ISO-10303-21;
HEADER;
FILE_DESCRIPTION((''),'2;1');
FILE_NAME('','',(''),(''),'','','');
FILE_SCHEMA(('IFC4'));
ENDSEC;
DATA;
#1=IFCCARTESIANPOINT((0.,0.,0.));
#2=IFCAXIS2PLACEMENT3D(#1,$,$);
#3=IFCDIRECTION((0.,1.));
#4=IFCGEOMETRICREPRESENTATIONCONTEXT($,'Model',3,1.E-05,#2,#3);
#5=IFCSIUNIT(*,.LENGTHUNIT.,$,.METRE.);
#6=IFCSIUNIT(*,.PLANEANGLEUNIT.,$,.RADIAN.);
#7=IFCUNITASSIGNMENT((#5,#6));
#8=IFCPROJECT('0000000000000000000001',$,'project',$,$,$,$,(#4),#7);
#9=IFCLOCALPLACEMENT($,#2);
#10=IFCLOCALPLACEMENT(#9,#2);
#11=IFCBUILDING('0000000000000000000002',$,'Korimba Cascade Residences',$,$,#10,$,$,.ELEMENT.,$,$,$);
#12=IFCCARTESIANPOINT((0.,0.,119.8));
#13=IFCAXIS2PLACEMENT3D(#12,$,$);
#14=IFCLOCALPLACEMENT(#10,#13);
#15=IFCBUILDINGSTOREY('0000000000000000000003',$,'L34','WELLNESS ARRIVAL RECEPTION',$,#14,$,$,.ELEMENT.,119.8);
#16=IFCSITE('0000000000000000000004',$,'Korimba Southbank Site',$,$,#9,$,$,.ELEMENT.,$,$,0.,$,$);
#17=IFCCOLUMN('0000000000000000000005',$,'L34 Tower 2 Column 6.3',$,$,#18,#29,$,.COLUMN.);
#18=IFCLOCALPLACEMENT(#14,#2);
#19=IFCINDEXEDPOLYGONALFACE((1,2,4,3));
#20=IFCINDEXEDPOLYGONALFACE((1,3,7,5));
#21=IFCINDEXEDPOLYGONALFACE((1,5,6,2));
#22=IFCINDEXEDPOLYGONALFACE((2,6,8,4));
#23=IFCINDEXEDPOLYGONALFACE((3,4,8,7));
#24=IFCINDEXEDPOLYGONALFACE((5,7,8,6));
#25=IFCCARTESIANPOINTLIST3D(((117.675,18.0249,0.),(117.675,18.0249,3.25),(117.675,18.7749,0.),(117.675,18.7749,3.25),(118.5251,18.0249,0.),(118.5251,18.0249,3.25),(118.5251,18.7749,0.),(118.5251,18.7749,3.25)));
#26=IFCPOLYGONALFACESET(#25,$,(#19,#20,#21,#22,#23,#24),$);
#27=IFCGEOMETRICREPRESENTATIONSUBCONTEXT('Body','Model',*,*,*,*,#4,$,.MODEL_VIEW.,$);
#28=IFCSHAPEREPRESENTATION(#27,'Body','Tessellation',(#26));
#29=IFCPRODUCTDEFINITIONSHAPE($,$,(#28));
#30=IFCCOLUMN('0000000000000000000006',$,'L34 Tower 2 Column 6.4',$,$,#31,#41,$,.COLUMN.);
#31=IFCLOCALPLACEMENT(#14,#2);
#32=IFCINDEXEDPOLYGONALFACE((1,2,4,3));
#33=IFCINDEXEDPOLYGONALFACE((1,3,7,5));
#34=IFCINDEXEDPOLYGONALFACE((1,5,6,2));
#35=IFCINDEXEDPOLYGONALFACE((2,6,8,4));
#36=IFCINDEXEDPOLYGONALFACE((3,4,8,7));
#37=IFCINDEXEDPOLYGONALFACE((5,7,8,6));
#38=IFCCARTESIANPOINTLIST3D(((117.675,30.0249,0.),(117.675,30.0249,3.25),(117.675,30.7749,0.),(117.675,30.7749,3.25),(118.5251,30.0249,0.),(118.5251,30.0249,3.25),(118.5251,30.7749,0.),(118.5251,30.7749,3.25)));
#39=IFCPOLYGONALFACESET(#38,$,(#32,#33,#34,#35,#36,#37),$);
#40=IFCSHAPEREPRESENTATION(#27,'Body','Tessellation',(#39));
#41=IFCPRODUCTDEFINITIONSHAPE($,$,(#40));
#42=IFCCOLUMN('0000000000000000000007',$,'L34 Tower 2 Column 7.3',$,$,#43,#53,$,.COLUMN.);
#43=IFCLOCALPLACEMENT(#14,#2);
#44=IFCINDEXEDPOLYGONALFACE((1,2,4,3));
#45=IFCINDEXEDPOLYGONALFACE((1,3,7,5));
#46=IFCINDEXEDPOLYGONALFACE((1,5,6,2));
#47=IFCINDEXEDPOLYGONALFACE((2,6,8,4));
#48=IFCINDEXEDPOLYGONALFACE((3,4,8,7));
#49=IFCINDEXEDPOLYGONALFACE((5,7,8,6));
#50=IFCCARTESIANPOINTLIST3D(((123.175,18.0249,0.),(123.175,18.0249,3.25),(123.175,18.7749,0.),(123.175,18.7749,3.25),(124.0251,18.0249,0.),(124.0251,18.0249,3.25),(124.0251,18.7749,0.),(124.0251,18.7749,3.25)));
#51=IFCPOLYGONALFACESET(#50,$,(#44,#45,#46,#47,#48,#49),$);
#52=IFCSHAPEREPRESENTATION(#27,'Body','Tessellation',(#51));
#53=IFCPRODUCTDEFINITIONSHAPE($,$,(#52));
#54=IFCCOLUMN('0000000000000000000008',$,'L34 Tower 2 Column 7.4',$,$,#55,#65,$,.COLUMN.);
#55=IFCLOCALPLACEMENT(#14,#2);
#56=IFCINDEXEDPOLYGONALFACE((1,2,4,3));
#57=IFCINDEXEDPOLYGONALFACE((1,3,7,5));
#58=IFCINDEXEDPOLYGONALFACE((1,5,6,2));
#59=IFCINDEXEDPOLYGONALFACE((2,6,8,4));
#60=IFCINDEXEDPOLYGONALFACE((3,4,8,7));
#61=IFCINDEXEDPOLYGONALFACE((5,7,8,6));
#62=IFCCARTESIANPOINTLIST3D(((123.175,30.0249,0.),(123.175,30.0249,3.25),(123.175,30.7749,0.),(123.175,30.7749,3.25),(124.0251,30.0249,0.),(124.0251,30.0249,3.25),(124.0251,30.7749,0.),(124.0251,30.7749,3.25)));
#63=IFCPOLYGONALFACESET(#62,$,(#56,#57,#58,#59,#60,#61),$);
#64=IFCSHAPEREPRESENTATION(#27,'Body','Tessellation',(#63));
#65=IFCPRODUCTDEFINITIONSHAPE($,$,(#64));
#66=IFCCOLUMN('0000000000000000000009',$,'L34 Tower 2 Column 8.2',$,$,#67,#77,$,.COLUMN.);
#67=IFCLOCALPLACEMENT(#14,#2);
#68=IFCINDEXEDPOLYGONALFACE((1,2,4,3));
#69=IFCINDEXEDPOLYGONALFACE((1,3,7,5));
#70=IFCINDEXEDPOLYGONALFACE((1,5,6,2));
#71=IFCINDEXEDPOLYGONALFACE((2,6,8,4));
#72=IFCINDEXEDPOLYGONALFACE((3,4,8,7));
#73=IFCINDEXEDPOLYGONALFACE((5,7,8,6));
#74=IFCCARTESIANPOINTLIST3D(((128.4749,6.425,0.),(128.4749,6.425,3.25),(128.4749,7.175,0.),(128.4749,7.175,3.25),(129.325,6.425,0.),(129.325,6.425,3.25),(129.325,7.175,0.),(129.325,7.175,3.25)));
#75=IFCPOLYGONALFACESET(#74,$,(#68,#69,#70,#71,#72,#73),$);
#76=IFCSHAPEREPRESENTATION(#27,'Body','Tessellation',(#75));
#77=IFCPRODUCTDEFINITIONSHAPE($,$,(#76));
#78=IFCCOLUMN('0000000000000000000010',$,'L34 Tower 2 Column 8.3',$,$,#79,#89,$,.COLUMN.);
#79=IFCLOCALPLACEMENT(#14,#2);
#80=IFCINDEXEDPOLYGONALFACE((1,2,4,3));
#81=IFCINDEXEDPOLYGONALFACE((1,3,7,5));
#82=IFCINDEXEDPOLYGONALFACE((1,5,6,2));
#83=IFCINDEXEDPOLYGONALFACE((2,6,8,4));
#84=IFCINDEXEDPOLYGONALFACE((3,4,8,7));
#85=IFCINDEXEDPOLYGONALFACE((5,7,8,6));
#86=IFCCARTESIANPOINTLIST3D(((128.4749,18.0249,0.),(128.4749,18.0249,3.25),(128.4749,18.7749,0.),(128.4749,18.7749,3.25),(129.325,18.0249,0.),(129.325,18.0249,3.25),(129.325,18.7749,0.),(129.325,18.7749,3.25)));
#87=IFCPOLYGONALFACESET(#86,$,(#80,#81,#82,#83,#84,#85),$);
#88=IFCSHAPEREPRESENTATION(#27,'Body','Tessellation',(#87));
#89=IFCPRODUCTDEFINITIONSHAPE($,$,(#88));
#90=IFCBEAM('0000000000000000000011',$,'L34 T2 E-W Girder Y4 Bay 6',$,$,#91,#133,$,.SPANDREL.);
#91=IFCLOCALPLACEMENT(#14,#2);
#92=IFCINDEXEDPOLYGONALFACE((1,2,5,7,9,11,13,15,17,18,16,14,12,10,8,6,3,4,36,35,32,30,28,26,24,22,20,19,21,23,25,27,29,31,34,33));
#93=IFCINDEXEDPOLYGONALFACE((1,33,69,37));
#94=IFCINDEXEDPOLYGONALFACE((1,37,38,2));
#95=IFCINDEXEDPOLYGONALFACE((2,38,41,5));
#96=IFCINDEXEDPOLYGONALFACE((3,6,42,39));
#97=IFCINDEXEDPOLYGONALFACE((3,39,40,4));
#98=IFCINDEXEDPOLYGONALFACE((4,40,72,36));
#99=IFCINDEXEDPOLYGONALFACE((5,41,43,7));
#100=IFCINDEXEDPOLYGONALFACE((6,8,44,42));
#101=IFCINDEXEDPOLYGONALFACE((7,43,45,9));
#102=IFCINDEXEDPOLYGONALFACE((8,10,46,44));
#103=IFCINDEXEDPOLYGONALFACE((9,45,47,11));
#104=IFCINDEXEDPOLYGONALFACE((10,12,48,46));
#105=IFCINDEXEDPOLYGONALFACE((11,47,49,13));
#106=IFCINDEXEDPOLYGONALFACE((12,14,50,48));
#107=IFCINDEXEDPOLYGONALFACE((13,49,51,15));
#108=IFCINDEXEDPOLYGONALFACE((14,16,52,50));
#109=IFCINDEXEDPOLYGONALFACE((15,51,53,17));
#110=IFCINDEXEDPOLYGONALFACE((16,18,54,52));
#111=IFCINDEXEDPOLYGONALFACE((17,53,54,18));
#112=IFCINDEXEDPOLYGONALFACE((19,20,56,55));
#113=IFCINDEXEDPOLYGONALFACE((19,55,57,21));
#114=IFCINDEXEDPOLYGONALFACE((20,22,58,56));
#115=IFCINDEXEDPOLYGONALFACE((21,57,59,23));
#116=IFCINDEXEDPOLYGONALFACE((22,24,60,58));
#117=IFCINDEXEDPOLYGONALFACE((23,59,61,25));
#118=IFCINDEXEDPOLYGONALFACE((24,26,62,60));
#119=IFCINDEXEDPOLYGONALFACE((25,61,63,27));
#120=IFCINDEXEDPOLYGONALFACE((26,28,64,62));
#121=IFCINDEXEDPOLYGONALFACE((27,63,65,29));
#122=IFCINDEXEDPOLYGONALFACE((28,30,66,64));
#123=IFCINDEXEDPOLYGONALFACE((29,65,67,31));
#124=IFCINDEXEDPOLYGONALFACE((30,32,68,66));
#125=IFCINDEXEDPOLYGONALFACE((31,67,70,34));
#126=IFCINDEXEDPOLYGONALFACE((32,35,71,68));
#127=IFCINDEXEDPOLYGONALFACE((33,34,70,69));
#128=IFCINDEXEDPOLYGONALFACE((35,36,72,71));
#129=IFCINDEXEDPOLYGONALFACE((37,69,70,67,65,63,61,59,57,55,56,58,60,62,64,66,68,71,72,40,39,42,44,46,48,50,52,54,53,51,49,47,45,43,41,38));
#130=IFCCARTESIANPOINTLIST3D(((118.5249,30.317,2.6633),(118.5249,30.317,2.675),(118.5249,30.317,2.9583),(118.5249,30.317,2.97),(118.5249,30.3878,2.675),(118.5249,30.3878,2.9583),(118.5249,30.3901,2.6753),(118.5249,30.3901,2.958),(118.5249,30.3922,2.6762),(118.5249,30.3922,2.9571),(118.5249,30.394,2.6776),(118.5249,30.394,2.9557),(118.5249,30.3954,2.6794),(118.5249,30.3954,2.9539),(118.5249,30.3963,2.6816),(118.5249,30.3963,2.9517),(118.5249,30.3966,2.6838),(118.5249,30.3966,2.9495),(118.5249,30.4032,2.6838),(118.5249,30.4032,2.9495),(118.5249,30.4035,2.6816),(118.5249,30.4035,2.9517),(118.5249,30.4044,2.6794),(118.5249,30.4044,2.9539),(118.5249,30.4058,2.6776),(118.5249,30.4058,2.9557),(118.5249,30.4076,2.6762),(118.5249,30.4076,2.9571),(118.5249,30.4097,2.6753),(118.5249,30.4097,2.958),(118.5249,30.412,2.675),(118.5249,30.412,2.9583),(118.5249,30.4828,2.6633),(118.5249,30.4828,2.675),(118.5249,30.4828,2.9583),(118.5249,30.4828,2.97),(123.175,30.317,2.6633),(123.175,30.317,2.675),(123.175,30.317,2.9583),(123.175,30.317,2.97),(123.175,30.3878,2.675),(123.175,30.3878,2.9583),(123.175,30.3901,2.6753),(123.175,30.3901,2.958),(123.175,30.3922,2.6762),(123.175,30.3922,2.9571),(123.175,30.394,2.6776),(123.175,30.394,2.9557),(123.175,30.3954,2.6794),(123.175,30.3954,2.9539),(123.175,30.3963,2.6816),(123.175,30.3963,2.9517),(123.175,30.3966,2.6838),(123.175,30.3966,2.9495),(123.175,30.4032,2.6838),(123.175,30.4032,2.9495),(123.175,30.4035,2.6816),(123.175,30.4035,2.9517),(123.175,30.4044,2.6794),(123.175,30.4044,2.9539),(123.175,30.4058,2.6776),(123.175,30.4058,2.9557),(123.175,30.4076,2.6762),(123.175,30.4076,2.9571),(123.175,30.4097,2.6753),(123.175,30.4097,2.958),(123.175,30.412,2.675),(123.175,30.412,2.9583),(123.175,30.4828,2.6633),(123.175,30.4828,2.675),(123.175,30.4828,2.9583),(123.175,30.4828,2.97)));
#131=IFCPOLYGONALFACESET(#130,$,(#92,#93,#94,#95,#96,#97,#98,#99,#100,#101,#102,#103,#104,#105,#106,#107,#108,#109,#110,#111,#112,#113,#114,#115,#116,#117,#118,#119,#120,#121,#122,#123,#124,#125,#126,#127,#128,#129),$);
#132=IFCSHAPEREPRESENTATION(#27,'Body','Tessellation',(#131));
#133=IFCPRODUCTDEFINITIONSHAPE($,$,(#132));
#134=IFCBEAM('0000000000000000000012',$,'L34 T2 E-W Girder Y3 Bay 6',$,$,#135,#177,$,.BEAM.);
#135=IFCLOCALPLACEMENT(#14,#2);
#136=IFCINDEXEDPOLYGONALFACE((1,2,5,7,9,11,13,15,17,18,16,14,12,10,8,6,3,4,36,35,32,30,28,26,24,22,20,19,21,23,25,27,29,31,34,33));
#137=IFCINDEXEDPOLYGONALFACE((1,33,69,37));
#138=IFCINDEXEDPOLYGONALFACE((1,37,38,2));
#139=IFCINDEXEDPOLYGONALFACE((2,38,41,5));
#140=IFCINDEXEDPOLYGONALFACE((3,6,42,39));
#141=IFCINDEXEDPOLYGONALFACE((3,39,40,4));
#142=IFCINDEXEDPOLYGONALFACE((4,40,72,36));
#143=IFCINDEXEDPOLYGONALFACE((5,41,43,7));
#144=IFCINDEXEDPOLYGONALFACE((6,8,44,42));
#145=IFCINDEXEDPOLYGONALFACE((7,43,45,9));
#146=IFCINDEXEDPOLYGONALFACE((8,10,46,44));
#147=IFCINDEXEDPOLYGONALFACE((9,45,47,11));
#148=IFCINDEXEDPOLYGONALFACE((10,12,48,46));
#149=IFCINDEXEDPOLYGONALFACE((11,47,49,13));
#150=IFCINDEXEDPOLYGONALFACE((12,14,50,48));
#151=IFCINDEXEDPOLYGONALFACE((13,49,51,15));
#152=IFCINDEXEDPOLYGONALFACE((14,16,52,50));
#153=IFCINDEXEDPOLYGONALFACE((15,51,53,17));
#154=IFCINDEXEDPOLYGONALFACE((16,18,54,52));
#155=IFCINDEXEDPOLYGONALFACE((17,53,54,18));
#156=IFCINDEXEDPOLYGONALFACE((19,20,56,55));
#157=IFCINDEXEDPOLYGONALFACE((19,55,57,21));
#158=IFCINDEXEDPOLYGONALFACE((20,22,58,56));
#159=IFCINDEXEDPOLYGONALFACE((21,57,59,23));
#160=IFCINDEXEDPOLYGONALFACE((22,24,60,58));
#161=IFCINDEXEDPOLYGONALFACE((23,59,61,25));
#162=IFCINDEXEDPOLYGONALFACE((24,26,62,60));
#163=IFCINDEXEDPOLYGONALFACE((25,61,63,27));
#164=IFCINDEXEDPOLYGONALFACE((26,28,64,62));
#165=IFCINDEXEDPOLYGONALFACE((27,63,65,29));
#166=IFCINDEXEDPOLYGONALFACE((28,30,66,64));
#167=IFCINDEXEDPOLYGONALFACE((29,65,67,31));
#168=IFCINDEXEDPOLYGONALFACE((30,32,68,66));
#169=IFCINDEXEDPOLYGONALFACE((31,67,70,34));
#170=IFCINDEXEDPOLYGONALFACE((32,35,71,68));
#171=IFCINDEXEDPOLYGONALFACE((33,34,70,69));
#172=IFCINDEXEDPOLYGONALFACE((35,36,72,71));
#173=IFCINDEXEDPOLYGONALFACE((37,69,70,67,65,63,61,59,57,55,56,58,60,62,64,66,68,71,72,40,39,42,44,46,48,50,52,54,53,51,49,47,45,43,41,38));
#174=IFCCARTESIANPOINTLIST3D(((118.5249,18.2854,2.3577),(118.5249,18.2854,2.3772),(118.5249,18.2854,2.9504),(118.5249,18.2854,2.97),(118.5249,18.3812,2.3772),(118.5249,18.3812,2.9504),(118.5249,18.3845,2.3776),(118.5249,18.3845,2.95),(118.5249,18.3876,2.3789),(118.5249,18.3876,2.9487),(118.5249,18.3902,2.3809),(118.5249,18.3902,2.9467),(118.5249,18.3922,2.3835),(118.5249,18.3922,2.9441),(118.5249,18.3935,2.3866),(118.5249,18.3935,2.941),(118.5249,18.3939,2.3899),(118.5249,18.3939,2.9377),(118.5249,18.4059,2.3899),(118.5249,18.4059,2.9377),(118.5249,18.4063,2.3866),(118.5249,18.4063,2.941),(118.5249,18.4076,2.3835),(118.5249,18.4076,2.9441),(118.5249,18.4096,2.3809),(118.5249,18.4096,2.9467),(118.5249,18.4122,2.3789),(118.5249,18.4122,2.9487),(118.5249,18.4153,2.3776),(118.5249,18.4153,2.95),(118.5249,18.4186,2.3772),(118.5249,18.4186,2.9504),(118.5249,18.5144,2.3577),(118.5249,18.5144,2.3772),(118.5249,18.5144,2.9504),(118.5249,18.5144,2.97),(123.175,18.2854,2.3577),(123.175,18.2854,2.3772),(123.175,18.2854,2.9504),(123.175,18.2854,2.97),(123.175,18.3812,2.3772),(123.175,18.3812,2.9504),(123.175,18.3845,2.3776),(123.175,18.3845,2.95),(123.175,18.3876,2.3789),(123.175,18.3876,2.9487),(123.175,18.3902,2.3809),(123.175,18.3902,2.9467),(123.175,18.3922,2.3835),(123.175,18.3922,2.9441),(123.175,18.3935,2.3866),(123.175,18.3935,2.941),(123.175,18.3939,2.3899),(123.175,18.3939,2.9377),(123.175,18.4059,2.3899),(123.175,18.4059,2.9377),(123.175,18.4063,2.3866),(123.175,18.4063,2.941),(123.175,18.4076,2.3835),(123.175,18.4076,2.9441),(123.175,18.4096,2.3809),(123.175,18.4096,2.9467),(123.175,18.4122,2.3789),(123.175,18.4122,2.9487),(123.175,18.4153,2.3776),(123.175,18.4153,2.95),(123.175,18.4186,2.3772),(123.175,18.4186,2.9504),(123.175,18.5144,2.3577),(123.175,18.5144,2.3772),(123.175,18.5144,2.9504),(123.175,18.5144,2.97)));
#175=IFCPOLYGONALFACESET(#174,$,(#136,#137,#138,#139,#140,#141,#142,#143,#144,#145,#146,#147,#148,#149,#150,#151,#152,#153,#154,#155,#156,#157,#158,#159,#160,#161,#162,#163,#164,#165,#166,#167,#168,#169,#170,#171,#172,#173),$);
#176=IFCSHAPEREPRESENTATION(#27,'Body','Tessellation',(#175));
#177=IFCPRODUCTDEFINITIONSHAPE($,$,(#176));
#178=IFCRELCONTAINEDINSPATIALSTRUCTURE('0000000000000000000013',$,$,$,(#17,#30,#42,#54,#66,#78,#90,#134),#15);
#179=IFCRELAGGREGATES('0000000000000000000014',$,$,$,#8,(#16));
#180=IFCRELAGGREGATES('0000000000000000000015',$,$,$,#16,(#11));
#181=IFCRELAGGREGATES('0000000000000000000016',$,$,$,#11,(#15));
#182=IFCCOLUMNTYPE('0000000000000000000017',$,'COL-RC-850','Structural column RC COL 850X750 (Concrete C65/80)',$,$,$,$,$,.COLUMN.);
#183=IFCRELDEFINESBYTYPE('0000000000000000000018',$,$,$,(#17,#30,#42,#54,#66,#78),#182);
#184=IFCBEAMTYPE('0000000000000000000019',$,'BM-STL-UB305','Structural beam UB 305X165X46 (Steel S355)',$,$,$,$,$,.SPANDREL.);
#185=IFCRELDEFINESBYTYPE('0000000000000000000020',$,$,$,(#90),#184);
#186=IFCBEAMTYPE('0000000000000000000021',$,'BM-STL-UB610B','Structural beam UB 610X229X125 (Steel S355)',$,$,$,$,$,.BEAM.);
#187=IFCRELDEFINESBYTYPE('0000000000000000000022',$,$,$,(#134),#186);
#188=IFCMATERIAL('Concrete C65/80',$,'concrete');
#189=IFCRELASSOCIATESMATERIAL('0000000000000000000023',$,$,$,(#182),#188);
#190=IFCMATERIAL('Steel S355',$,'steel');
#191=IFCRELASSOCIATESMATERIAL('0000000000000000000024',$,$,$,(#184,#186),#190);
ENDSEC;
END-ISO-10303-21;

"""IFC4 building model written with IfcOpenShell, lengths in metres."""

from ifc_helpers import new_model, si_unit, direction, frame, origin, origin_2d, place, context, subcontext, project, spatial, rectangle, i_section, extrude, material, material_profile, profile_set, type_object, element, save


model = new_model("IFC4")

# Units and contexts
model_context = context("Model", 3, precision=1e-05, world=origin(), true_north=direction((0.0, 1.0)))
body_context = subcontext(model_context, "Body", "Model", "MODEL_VIEW")
ifc_project = project(units=[si_unit("LENGTHUNIT", "METRE"), si_unit("PLANEANGLEUNIT", "RADIAN")], contexts=[model_context])

# Site, building, storey
site_placement = place(None, origin())
site = spatial("IfcSite", under=ifc_project, at=site_placement, Name="Korimba Southbank Site", CompositionType="ELEMENT", RefElevation=0.0)
building_placement = place(site_placement, origin())
building = spatial("IfcBuilding", under=site, at=building_placement, Name="Korimba Cascade Residences", CompositionType="ELEMENT")
storey_placement = place(building_placement, frame((0.0, 0.0, 119.8)))
storey = spatial("IfcBuildingStorey", under=building, at=storey_placement, Name="L34", Description="WELLNESS ARRIVAL RECEPTION", CompositionType="ELEMENT", Elevation=119.8)

# Columns
ifc_material_1 = material(Name="Concrete C65/80", Category="concrete")
ifc_material_profile_1 = material_profile(ifc_material_1, rectangle(XDim=0.8501, YDim=0.75, at=origin_2d()), Name="Concrete C65/80")
ifc_profile_set_1 = profile_set([ifc_material_profile_1], Name="Concrete C65/80")
column_type = type_object("IfcColumnType", Name="COL-RC-850", Description="Structural column RC COL 850X750 (Concrete C65/80)", PredefinedType="COLUMN", material=ifc_profile_set_1)
for number, where, z_axis, x_axis, name in (
    (1, (118.1001, 18.3999, 0.0), (0.0, 0.0, 1.0), (1.0, 0.0, 0.0), "L34 Tower 2 Column 6.3"),
    (2, (118.1001, 30.3999, 0.0), (0.0, 0.0, 1.0), (1.0, 0.0, 0.0), "L34 Tower 2 Column 6.4"),
    (3, (123.6001, 18.3999, 0.0), (0.0, 0.0, 1.0), (1.0, 0.0, 0.0), "L34 Tower 2 Column 7.3"),
    (4, (123.6001, 30.3999, 0.0), (0.0, 0.0, 1.0), (1.0, 0.0, 0.0), "L34 Tower 2 Column 7.4"),
    (5, (128.8999, 6.8, 0.0), (0.0, 0.0, 1.0), (1.0, 0.0, 0.0), "L34 Tower 2 Column 8.2"),
    (6, (128.8999, 18.3999, 0.0), (0.0, 0.0, 1.0), (1.0, 0.0, 0.0), "L34 Tower 2 Column 8.3"),
):
    element("IfcColumn", number, at=place(storey_placement, frame(where, z_axis=z_axis, x_axis=x_axis)), inside=storey, type_object=column_type, Name=name, PredefinedType="COLUMN", context=body_context, shape_type="SweptSolid", body=[
        extrude(rectangle(XDim=0.8501, YDim=0.75, at=origin_2d()), origin(), (0.0, 0.0, 1.0), 3.25),
    ])

# Beams
ifc_material_2 = material(Name="Steel S355", Category="steel")
ifc_material_profile_2 = material_profile(ifc_material_2, i_section(OverallWidth=0.1658, OverallDepth=0.3066, WebThickness=0.0066, FlangeThickness=0.0117, FilletRadius=0.0088, at=origin_2d()), Name="Steel S355")
ifc_profile_set_2 = profile_set([ifc_material_profile_2], Name="Steel S355")
beam_type_1 = type_object("IfcBeamType", Name="BM-STL-UB305", Description="Structural beam UB 305X165X46 (Steel S355)", PredefinedType="SPANDREL", material=ifc_profile_set_2)
beam_1_placement = place(storey_placement, frame((118.5249, 30.3999, 2.8167), z_axis=(1.0, 0.0, 0.0), x_axis=(0.0, 1.0, 0.0)))
element("IfcBeam", 7, at=beam_1_placement, inside=storey, type_object=beam_type_1, Name="L34 T2 E-W Girder Y4 Bay 6", PredefinedType="SPANDREL", context=body_context, shape_type="SweptSolid", body=[
    extrude(i_section(OverallWidth=0.1658, OverallDepth=0.3066, WebThickness=0.0066, FlangeThickness=0.0117, FilletRadius=0.0088, at=origin_2d()), origin(), (0.0, 0.0, 1.0), 4.6501),
])
ifc_material_profile_3 = material_profile(ifc_material_2, i_section(OverallWidth=0.229, OverallDepth=0.6123, WebThickness=0.012, FlangeThickness=0.0195, FilletRadius=0.0127, at=origin_2d()), Name="Steel S355")
ifc_profile_set_3 = profile_set([ifc_material_profile_3], Name="Steel S355")
beam_type_2 = type_object("IfcBeamType", Name="BM-STL-UB610B", Description="Structural beam UB 610X229X125 (Steel S355)", PredefinedType="BEAM", material=ifc_profile_set_3)
beam_2_placement = place(storey_placement, frame((118.5249, 18.3999, 2.6638), z_axis=(1.0, 0.0, 0.0), x_axis=(0.0, 1.0, 0.0)))
element("IfcBeam", 8, at=beam_2_placement, inside=storey, type_object=beam_type_2, Name="L34 T2 E-W Girder Y3 Bay 6", PredefinedType="BEAM", context=body_context, shape_type="SweptSolid", body=[
    extrude(i_section(OverallWidth=0.229, OverallDepth=0.6123, WebThickness=0.012, FlangeThickness=0.0195, FilletRadius=0.0127, at=origin_2d()), origin(), (0.0, 0.0, 1.0), 4.6501),
])

save(model, "model.ifc")
